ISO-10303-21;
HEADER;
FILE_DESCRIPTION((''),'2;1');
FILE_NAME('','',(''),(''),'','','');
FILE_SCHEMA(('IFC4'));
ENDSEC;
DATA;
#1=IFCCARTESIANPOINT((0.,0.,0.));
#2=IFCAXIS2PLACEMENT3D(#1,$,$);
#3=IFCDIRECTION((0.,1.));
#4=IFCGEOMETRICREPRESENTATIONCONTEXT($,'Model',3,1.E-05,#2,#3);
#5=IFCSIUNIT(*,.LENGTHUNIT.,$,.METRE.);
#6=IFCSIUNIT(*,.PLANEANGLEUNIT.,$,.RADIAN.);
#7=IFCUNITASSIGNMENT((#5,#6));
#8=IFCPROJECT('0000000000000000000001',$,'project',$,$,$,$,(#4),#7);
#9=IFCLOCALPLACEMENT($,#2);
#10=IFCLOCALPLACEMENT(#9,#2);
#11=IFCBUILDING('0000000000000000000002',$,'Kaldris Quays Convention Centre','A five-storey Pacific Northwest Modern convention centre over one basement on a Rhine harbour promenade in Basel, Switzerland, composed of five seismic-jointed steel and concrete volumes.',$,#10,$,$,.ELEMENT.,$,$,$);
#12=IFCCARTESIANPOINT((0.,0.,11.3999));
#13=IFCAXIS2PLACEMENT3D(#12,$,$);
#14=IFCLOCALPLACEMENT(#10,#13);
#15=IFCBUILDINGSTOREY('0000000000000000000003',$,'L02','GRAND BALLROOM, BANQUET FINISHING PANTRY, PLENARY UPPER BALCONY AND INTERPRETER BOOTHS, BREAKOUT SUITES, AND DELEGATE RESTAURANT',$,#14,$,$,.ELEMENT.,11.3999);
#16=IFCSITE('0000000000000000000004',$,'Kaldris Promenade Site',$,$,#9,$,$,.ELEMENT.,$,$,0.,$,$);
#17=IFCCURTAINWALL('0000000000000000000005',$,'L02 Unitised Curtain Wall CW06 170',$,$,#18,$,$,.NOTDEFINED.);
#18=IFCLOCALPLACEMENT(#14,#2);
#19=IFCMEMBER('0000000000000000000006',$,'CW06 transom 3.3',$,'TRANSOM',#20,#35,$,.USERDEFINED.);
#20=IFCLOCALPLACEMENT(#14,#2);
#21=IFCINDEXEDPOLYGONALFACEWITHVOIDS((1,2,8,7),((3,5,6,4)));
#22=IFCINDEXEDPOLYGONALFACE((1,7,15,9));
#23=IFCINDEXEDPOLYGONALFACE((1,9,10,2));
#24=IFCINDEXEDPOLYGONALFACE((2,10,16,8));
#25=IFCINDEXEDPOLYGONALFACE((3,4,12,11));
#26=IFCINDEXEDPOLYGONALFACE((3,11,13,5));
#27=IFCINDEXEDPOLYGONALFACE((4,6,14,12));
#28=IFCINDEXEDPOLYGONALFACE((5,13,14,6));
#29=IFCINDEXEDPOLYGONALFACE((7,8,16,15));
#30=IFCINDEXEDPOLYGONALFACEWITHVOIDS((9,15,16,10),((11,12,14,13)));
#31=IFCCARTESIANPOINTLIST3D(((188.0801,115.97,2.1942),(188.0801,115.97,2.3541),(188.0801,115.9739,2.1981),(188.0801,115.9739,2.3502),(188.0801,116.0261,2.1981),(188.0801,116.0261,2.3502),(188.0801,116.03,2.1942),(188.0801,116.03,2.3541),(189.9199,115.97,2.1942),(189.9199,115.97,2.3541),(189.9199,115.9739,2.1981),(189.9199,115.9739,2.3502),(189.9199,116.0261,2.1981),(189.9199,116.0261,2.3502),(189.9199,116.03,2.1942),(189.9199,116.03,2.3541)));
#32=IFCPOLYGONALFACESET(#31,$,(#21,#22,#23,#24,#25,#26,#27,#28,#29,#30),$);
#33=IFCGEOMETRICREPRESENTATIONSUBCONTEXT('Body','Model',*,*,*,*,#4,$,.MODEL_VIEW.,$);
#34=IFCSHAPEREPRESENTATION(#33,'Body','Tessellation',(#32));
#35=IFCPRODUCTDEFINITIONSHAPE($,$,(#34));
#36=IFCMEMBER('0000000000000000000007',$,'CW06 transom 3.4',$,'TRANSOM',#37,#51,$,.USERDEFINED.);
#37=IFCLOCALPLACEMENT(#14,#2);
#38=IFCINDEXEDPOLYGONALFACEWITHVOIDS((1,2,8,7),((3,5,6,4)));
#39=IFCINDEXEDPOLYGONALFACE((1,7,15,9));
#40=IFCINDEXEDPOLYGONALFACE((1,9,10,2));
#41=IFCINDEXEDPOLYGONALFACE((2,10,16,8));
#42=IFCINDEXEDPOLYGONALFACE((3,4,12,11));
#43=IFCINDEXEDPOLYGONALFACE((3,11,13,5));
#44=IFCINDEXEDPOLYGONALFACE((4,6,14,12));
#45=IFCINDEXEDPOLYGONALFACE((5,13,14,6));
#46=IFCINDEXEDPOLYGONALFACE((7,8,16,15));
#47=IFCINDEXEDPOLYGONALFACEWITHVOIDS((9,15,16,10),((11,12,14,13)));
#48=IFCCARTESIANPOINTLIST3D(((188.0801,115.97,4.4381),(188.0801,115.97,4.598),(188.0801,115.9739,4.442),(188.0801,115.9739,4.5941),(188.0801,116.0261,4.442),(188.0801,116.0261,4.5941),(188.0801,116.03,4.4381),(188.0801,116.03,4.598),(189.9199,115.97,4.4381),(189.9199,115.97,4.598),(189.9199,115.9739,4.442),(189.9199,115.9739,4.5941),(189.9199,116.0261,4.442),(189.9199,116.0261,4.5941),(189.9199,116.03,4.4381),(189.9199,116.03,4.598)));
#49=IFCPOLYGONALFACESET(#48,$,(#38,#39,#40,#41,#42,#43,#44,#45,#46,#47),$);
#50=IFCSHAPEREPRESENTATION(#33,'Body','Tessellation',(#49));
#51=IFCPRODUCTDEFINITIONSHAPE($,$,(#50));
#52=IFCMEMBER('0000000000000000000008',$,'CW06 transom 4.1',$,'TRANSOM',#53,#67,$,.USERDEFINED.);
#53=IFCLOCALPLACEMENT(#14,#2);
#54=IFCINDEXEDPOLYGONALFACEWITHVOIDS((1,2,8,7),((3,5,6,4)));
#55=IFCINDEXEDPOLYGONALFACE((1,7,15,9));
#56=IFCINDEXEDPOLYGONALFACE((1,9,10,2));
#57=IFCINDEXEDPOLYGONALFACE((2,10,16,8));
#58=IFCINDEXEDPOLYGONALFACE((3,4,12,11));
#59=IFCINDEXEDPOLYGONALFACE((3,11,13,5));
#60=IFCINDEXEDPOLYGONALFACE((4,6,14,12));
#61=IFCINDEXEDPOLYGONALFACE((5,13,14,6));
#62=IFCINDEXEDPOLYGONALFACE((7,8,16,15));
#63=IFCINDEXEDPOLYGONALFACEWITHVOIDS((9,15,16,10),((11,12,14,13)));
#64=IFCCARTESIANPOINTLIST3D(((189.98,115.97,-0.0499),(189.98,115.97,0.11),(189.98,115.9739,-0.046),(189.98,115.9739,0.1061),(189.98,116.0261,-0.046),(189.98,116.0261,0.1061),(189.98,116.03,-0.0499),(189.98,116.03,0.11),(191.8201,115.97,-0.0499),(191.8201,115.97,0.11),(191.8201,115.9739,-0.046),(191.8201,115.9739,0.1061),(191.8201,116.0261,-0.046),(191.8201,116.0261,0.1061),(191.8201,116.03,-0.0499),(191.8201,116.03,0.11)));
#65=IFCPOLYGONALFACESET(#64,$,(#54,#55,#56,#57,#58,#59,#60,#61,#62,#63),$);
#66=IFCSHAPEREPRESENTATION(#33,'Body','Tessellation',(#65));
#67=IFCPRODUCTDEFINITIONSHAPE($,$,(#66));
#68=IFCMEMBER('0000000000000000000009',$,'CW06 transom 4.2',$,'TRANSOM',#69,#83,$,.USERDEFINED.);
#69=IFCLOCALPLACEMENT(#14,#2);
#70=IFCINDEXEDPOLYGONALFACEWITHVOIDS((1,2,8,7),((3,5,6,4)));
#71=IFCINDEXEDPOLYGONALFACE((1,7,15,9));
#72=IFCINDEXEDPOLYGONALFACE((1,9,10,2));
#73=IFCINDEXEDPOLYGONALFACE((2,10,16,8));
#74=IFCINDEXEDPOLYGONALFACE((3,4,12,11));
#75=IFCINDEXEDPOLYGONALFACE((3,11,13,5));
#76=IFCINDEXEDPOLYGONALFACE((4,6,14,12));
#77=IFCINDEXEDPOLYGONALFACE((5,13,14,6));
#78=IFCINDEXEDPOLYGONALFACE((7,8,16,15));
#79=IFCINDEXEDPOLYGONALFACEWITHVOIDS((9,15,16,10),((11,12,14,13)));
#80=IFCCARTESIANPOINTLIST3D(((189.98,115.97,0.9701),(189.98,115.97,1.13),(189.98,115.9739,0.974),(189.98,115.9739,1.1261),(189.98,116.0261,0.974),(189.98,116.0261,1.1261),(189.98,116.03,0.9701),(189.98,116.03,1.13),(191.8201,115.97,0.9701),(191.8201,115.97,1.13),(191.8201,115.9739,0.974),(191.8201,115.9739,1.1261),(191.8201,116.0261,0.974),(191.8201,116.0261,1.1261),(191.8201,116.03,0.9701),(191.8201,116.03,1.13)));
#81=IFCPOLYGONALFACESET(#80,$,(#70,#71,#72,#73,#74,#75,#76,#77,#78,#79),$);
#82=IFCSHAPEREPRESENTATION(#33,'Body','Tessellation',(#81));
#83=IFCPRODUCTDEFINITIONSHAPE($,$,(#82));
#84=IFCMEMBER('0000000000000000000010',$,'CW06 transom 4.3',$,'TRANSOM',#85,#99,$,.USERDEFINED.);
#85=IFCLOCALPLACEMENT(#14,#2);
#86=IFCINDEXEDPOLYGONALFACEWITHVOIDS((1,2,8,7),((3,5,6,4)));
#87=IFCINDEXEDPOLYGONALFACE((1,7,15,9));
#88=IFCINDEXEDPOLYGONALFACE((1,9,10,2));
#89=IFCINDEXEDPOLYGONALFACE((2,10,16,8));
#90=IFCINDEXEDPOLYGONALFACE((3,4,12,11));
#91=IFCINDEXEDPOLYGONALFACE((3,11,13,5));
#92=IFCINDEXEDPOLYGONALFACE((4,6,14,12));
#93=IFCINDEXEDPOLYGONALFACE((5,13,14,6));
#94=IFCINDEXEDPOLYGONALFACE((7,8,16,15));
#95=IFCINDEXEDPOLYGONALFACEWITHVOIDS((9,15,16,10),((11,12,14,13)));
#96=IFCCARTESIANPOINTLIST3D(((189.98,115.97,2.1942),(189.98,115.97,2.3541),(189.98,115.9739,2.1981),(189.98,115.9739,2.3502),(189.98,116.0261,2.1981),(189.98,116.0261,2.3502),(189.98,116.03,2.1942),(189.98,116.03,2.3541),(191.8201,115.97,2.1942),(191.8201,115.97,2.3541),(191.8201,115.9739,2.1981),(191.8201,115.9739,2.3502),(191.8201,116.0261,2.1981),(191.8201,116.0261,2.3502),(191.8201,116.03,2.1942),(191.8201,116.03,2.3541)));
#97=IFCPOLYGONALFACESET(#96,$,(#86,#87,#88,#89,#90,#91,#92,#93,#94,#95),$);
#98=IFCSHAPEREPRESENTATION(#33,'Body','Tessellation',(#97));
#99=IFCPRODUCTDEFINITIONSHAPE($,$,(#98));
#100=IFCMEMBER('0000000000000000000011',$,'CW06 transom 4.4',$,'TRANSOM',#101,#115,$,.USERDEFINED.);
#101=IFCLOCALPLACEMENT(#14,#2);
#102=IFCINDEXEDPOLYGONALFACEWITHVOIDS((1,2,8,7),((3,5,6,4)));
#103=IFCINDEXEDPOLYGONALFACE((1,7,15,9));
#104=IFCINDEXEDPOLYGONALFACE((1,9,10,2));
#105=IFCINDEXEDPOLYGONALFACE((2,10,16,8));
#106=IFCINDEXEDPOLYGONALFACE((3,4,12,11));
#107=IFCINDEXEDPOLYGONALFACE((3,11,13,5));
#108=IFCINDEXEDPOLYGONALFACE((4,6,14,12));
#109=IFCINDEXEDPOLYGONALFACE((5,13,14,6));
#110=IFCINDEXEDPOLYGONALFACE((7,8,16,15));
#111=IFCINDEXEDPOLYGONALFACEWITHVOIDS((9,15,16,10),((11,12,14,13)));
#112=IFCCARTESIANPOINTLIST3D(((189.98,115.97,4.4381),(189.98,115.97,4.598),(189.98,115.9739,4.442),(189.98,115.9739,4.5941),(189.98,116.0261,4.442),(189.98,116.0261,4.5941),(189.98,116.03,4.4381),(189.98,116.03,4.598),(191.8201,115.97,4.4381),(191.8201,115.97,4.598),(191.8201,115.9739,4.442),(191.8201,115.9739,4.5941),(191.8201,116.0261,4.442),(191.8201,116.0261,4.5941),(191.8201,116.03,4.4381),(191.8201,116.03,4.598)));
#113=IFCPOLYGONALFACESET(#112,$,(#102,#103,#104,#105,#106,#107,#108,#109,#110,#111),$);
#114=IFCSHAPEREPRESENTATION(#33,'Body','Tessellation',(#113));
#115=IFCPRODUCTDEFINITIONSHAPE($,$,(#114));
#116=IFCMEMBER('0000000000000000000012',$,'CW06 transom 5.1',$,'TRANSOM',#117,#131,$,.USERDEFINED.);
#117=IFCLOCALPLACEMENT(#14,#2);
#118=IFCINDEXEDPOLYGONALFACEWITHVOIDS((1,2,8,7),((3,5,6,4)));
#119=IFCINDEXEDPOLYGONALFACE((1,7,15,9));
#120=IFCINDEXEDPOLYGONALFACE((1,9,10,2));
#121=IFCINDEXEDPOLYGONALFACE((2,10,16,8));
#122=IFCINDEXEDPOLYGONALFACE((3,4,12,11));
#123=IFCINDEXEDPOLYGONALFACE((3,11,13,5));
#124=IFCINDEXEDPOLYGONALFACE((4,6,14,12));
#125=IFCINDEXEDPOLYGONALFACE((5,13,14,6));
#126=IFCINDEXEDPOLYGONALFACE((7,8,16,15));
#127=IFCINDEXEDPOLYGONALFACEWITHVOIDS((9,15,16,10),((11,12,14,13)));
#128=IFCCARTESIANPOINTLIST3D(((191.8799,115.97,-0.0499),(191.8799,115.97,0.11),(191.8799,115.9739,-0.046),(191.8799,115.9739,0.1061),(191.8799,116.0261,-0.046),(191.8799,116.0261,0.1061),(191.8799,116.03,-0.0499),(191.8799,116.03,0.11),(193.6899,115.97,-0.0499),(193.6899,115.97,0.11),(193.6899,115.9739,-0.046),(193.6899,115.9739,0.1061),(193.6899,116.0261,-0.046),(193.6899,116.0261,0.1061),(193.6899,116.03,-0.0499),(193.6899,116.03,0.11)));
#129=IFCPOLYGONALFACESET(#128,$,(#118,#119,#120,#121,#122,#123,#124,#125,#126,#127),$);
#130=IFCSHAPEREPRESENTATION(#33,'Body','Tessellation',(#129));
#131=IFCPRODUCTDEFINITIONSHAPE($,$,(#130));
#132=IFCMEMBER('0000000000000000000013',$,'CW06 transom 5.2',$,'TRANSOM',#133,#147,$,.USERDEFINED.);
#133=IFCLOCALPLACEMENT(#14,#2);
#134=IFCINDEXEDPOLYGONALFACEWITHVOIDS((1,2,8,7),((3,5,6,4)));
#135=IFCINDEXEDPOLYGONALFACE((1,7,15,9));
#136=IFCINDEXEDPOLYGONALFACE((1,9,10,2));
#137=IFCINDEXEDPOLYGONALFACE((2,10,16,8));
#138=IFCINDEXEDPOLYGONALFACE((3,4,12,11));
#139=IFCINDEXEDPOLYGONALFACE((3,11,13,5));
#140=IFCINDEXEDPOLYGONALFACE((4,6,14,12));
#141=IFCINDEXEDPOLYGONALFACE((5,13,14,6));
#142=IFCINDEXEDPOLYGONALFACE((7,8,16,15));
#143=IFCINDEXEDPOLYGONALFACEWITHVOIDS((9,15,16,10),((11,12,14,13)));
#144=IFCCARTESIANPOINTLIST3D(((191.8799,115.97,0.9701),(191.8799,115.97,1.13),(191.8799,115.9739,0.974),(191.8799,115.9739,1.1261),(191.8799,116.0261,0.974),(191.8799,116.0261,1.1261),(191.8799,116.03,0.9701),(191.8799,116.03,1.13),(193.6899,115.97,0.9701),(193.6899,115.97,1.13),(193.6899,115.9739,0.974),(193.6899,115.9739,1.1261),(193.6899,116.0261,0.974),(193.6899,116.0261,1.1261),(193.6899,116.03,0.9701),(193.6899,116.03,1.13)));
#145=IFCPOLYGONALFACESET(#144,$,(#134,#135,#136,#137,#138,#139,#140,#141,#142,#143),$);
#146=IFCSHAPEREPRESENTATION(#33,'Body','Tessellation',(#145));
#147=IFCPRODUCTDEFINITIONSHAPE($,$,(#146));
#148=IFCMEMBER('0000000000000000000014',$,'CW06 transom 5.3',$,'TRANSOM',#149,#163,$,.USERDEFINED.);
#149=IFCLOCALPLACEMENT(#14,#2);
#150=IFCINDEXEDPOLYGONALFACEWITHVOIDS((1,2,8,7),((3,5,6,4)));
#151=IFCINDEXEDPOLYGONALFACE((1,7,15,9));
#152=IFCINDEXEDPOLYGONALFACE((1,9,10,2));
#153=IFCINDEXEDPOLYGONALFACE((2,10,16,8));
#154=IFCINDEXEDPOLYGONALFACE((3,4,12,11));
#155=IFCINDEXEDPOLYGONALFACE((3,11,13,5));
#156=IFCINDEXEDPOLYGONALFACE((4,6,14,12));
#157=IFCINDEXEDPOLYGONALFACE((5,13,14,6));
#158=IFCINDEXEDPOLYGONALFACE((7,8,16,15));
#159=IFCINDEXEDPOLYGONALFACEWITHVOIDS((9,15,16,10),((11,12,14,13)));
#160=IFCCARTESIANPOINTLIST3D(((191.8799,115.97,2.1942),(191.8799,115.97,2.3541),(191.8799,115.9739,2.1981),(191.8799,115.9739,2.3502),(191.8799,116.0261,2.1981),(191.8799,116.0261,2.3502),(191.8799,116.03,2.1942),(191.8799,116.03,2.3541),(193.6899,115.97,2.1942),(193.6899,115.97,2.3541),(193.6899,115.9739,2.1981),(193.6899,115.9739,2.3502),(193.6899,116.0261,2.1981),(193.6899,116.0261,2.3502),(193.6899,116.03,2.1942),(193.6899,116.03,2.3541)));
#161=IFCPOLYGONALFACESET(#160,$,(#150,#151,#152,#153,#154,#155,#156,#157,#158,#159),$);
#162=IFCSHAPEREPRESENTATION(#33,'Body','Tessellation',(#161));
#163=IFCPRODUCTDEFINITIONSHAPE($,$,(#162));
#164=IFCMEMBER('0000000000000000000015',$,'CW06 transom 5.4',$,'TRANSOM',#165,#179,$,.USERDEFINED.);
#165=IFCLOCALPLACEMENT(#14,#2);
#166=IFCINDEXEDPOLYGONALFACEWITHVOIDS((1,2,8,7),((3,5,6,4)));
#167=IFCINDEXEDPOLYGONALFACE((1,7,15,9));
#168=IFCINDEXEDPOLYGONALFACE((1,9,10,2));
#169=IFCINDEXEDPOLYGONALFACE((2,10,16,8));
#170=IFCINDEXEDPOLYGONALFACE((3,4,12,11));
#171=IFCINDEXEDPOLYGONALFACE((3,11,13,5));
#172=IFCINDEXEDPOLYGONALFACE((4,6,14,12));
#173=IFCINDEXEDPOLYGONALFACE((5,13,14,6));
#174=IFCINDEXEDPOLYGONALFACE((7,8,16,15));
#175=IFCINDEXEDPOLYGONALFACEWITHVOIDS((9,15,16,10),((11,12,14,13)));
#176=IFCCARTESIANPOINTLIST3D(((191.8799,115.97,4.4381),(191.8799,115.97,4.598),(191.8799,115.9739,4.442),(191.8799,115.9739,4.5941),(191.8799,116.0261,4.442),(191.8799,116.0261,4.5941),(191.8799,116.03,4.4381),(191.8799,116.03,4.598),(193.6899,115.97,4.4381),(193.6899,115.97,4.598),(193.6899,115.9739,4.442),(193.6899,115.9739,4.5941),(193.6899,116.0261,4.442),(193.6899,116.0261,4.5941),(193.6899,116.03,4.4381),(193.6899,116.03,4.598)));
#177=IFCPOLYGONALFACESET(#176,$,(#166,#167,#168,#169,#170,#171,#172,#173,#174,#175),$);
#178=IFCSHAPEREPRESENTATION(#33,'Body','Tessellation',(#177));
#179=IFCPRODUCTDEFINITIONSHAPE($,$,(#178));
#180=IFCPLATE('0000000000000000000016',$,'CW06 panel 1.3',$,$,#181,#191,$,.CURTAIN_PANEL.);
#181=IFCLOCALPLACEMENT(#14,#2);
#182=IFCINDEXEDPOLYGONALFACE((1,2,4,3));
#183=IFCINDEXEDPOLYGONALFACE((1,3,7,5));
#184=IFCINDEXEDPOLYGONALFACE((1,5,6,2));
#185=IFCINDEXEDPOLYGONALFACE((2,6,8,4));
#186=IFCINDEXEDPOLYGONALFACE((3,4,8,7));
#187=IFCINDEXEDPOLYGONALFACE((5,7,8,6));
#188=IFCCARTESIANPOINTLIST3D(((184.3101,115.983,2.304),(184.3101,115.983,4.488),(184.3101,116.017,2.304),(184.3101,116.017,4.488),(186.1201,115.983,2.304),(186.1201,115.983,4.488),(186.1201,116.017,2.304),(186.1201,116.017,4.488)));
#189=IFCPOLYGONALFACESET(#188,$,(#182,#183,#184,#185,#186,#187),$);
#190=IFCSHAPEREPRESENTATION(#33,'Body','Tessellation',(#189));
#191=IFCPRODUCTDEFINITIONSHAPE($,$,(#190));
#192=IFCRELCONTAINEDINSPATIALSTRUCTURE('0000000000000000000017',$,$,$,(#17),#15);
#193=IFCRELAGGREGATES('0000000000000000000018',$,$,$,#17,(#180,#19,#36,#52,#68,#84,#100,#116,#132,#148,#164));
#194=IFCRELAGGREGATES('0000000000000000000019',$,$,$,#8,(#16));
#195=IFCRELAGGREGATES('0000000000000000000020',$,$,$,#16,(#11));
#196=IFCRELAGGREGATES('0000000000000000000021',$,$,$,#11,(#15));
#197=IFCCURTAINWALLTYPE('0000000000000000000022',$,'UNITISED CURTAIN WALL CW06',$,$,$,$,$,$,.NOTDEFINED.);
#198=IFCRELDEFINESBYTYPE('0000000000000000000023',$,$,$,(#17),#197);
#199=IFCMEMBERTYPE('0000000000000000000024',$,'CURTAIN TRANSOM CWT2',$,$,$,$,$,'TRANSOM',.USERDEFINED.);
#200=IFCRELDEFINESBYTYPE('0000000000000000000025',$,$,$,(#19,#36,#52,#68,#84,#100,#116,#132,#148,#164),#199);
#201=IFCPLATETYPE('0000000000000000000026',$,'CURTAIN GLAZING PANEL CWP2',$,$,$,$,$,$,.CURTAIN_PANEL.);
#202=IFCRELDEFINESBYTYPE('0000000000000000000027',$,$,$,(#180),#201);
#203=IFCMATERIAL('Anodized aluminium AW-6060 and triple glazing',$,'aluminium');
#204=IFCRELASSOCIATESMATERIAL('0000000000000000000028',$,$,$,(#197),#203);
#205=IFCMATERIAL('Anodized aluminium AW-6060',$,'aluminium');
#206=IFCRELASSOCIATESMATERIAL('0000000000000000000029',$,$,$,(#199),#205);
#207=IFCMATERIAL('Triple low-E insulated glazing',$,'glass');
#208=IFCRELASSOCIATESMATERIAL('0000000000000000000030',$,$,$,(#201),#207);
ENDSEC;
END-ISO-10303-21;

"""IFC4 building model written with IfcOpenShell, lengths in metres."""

from ifc_helpers import new_model, si_unit, direction, frame, origin, origin_2d, place, context, subcontext, project, spatial, rectangle, hollow_rectangle, extrude, material, material_profile, profile_set, type_object, element, aggregate, save


model = new_model("IFC4")

# Units and contexts
model_context = context("Model", 3, precision=1e-05, world=origin(), true_north=direction((0.0, 1.0)))
body_context = subcontext(model_context, "Body", "Model", "MODEL_VIEW")
ifc_project = project(units=[si_unit("LENGTHUNIT", "METRE"), si_unit("PLANEANGLEUNIT", "RADIAN")], contexts=[model_context])

# Site, building, storey
site_placement = place(None, origin())
site = spatial("IfcSite", under=ifc_project, at=site_placement, Name="Kaldris Promenade Site", CompositionType="ELEMENT", RefElevation=0.0)
building_placement = place(site_placement, origin())
building = spatial("IfcBuilding", under=site, at=building_placement, Name="Kaldris Quays Convention Centre", Description="A five-storey Pacific Northwest Modern convention centre over one basement on a Rhine harbour promenade in Basel, Switzerland, composed of five seismic-jointed steel and concrete volumes.", CompositionType="ELEMENT")
storey_placement = place(building_placement, frame((0.0, 0.0, 11.3999)))
storey = spatial("IfcBuildingStorey", under=building, at=storey_placement, Name="L02", Description="GRAND BALLROOM, BANQUET FINISHING PANTRY, PLENARY UPPER BALCONY AND INTERPRETER BOOTHS, BREAKOUT SUITES, AND DELEGATE RESTAURANT", CompositionType="ELEMENT", Elevation=11.3999)

# Curtain wall, members, plate
ifc_material_1 = material(Name="Anodized aluminium AW-6060 and triple glazing", Category="aluminium")
curtain_wall_type = type_object("IfcCurtainWallType", Name="UNITISED CURTAIN WALL CW06", PredefinedType="NOTDEFINED", material=ifc_material_1)
curtain_wall_placement = place(storey_placement, origin())
curtain_wall = element("IfcCurtainWall", 1, at=curtain_wall_placement, inside=storey, type_object=curtain_wall_type, Name="L02 Unitised Curtain Wall CW06 170", PredefinedType="NOTDEFINED")
ifc_material_2 = material(Name="Anodized aluminium AW-6060", Category="aluminium")
ifc_material_profile_1 = material_profile(ifc_material_2, hollow_rectangle(XDim=0.0601, YDim=0.1599, WallThickness=0.0039, at=origin_2d()), Name="RHS 160x60x4")
ifc_profile_set_1 = profile_set([ifc_material_profile_1], Name="Anodized aluminium AW-6060")
member_type_1 = type_object("IfcMemberType", Name="CURTAIN TRANSOM CWT2", ElementType="TRANSOM", PredefinedType="USERDEFINED", material=ifc_profile_set_1)
member_1_placement = place(storey_placement, frame((188.0801, 116.0, 2.2742), z_axis=(1.0, 0.0, 0.0), x_axis=(0.0, 1.0, 0.0)))
member_1 = element("IfcMember", 2, at=member_1_placement, type_object=member_type_1, Name="CW06 transom 3.3", ObjectType="TRANSOM", PredefinedType="USERDEFINED", context=body_context, shape_type="SweptSolid", body=[
    extrude(hollow_rectangle(XDim=0.0601, YDim=0.1599, WallThickness=0.0039, at=origin_2d()), origin(), (0.0, 0.0, 1.0), 1.8398),
])
member_2_placement = place(storey_placement, frame((188.0801, 116.0, 4.5181), z_axis=(1.0, 0.0, 0.0), x_axis=(0.0, 1.0, 0.0)))
member_2 = element("IfcMember", 3, at=member_2_placement, type_object=member_type_1, Name="CW06 transom 3.4", ObjectType="TRANSOM", PredefinedType="USERDEFINED", context=body_context, shape_type="SweptSolid", body=[
    extrude(hollow_rectangle(XDim=0.0601, YDim=0.1599, WallThickness=0.0039, at=origin_2d()), origin(), (0.0, 0.0, 1.0), 1.8398),
])
member_3_placement = place(storey_placement, frame((189.98, 116.0, 0.03), z_axis=(1.0, 0.0, 0.0), x_axis=(0.0, 1.0, 0.0)))
member_3 = element("IfcMember", 4, at=member_3_placement, type_object=member_type_1, Name="CW06 transom 4.1", ObjectType="TRANSOM", PredefinedType="USERDEFINED", context=body_context, shape_type="SweptSolid", body=[
    extrude(hollow_rectangle(XDim=0.0601, YDim=0.1599, WallThickness=0.0039, at=origin_2d()), origin(), (0.0, 0.0, 1.0), 1.8401),
])
member_4_placement = place(storey_placement, frame((189.98, 116.0, 1.05), z_axis=(1.0, 0.0, 0.0), x_axis=(0.0, 1.0, 0.0)))
member_4 = element("IfcMember", 5, at=member_4_placement, type_object=member_type_1, Name="CW06 transom 4.2", ObjectType="TRANSOM", PredefinedType="USERDEFINED", context=body_context, shape_type="SweptSolid", body=[
    extrude(hollow_rectangle(XDim=0.0601, YDim=0.1599, WallThickness=0.0039, at=origin_2d()), origin(), (0.0, 0.0, 1.0), 1.8401),
])
member_5_placement = place(storey_placement, frame((189.98, 116.0, 2.2742), z_axis=(1.0, 0.0, 0.0), x_axis=(0.0, 1.0, 0.0)))
member_5 = element("IfcMember", 6, at=member_5_placement, type_object=member_type_1, Name="CW06 transom 4.3", ObjectType="TRANSOM", PredefinedType="USERDEFINED", context=body_context, shape_type="SweptSolid", body=[
    extrude(hollow_rectangle(XDim=0.0601, YDim=0.1599, WallThickness=0.0039, at=origin_2d()), origin(), (0.0, 0.0, 1.0), 1.8401),
])
member_6_placement = place(storey_placement, frame((189.98, 116.0, 4.5181), z_axis=(1.0, 0.0, 0.0), x_axis=(0.0, 1.0, 0.0)))
member_6 = element("IfcMember", 7, at=member_6_placement, type_object=member_type_1, Name="CW06 transom 4.4", ObjectType="TRANSOM", PredefinedType="USERDEFINED", context=body_context, shape_type="SweptSolid", body=[
    extrude(hollow_rectangle(XDim=0.0601, YDim=0.1599, WallThickness=0.0039, at=origin_2d()), origin(), (0.0, 0.0, 1.0), 1.8401),
])
member_7_placement = place(storey_placement, frame((191.8799, 116.0, 0.03), z_axis=(1.0, 0.0, 0.0), x_axis=(0.0, 1.0, 0.0)))
member_7 = element("IfcMember", 8, at=member_7_placement, type_object=member_type_1, Name="CW06 transom 5.1", ObjectType="TRANSOM", PredefinedType="USERDEFINED", context=body_context, shape_type="SweptSolid", body=[
    extrude(hollow_rectangle(XDim=0.0601, YDim=0.1599, WallThickness=0.0039, at=origin_2d()), origin(), (0.0, 0.0, 1.0), 1.8101),
])
member_8_placement = place(storey_placement, frame((191.8799, 116.0, 1.05), z_axis=(1.0, 0.0, 0.0), x_axis=(0.0, 1.0, 0.0)))
member_8 = element("IfcMember", 9, at=member_8_placement, type_object=member_type_1, Name="CW06 transom 5.2", ObjectType="TRANSOM", PredefinedType="USERDEFINED", context=body_context, shape_type="SweptSolid", body=[
    extrude(hollow_rectangle(XDim=0.0601, YDim=0.1599, WallThickness=0.0039, at=origin_2d()), origin(), (0.0, 0.0, 1.0), 1.8101),
])
member_9_placement = place(storey_placement, frame((191.8799, 116.0, 2.2742), z_axis=(1.0, 0.0, 0.0), x_axis=(0.0, 1.0, 0.0)))
member_9 = element("IfcMember", 10, at=member_9_placement, type_object=member_type_1, Name="CW06 transom 5.3", ObjectType="TRANSOM", PredefinedType="USERDEFINED", context=body_context, shape_type="SweptSolid", body=[
    extrude(hollow_rectangle(XDim=0.0601, YDim=0.1599, WallThickness=0.0039, at=origin_2d()), origin(), (0.0, 0.0, 1.0), 1.8101),
])
member_10_placement = place(storey_placement, frame((191.8799, 116.0, 4.5181), z_axis=(1.0, 0.0, 0.0), x_axis=(0.0, 1.0, 0.0)))
member_10 = element("IfcMember", 11, at=member_10_placement, type_object=member_type_1, Name="CW06 transom 5.4", ObjectType="TRANSOM", PredefinedType="USERDEFINED", context=body_context, shape_type="SweptSolid", body=[
    extrude(hollow_rectangle(XDim=0.0601, YDim=0.1599, WallThickness=0.0039, at=origin_2d()), origin(), (0.0, 0.0, 1.0), 1.8101),
])
ifc_material_3 = material(Name="Triple low-E insulated glazing", Category="glass")
plate_type = type_object("IfcPlateType", Name="CURTAIN GLAZING PANEL CWP2", PredefinedType="CURTAIN_PANEL", material=ifc_material_3)
plate_1_placement = place(storey_placement, frame((185.2151, 116.0, 2.304), z_axis=(0.0, 0.0, 1.0), x_axis=(1.0, 0.0, 0.0)))
plate_1 = element("IfcPlate", 12, at=plate_1_placement, type_object=plate_type, Name="CW06 panel 1.3", PredefinedType="CURTAIN_PANEL", context=body_context, shape_type="SweptSolid", body=[
    extrude(rectangle(XDim=1.8101, YDim=0.0339, at=origin_2d()), origin(), (0.0, 0.0, 1.0), 2.1841),
])
aggregate(curtain_wall, [plate_1, member_1, member_2, member_3, member_4, member_5, member_6, member_7, member_8, member_9, member_10])

save(model, "model.ifc")
